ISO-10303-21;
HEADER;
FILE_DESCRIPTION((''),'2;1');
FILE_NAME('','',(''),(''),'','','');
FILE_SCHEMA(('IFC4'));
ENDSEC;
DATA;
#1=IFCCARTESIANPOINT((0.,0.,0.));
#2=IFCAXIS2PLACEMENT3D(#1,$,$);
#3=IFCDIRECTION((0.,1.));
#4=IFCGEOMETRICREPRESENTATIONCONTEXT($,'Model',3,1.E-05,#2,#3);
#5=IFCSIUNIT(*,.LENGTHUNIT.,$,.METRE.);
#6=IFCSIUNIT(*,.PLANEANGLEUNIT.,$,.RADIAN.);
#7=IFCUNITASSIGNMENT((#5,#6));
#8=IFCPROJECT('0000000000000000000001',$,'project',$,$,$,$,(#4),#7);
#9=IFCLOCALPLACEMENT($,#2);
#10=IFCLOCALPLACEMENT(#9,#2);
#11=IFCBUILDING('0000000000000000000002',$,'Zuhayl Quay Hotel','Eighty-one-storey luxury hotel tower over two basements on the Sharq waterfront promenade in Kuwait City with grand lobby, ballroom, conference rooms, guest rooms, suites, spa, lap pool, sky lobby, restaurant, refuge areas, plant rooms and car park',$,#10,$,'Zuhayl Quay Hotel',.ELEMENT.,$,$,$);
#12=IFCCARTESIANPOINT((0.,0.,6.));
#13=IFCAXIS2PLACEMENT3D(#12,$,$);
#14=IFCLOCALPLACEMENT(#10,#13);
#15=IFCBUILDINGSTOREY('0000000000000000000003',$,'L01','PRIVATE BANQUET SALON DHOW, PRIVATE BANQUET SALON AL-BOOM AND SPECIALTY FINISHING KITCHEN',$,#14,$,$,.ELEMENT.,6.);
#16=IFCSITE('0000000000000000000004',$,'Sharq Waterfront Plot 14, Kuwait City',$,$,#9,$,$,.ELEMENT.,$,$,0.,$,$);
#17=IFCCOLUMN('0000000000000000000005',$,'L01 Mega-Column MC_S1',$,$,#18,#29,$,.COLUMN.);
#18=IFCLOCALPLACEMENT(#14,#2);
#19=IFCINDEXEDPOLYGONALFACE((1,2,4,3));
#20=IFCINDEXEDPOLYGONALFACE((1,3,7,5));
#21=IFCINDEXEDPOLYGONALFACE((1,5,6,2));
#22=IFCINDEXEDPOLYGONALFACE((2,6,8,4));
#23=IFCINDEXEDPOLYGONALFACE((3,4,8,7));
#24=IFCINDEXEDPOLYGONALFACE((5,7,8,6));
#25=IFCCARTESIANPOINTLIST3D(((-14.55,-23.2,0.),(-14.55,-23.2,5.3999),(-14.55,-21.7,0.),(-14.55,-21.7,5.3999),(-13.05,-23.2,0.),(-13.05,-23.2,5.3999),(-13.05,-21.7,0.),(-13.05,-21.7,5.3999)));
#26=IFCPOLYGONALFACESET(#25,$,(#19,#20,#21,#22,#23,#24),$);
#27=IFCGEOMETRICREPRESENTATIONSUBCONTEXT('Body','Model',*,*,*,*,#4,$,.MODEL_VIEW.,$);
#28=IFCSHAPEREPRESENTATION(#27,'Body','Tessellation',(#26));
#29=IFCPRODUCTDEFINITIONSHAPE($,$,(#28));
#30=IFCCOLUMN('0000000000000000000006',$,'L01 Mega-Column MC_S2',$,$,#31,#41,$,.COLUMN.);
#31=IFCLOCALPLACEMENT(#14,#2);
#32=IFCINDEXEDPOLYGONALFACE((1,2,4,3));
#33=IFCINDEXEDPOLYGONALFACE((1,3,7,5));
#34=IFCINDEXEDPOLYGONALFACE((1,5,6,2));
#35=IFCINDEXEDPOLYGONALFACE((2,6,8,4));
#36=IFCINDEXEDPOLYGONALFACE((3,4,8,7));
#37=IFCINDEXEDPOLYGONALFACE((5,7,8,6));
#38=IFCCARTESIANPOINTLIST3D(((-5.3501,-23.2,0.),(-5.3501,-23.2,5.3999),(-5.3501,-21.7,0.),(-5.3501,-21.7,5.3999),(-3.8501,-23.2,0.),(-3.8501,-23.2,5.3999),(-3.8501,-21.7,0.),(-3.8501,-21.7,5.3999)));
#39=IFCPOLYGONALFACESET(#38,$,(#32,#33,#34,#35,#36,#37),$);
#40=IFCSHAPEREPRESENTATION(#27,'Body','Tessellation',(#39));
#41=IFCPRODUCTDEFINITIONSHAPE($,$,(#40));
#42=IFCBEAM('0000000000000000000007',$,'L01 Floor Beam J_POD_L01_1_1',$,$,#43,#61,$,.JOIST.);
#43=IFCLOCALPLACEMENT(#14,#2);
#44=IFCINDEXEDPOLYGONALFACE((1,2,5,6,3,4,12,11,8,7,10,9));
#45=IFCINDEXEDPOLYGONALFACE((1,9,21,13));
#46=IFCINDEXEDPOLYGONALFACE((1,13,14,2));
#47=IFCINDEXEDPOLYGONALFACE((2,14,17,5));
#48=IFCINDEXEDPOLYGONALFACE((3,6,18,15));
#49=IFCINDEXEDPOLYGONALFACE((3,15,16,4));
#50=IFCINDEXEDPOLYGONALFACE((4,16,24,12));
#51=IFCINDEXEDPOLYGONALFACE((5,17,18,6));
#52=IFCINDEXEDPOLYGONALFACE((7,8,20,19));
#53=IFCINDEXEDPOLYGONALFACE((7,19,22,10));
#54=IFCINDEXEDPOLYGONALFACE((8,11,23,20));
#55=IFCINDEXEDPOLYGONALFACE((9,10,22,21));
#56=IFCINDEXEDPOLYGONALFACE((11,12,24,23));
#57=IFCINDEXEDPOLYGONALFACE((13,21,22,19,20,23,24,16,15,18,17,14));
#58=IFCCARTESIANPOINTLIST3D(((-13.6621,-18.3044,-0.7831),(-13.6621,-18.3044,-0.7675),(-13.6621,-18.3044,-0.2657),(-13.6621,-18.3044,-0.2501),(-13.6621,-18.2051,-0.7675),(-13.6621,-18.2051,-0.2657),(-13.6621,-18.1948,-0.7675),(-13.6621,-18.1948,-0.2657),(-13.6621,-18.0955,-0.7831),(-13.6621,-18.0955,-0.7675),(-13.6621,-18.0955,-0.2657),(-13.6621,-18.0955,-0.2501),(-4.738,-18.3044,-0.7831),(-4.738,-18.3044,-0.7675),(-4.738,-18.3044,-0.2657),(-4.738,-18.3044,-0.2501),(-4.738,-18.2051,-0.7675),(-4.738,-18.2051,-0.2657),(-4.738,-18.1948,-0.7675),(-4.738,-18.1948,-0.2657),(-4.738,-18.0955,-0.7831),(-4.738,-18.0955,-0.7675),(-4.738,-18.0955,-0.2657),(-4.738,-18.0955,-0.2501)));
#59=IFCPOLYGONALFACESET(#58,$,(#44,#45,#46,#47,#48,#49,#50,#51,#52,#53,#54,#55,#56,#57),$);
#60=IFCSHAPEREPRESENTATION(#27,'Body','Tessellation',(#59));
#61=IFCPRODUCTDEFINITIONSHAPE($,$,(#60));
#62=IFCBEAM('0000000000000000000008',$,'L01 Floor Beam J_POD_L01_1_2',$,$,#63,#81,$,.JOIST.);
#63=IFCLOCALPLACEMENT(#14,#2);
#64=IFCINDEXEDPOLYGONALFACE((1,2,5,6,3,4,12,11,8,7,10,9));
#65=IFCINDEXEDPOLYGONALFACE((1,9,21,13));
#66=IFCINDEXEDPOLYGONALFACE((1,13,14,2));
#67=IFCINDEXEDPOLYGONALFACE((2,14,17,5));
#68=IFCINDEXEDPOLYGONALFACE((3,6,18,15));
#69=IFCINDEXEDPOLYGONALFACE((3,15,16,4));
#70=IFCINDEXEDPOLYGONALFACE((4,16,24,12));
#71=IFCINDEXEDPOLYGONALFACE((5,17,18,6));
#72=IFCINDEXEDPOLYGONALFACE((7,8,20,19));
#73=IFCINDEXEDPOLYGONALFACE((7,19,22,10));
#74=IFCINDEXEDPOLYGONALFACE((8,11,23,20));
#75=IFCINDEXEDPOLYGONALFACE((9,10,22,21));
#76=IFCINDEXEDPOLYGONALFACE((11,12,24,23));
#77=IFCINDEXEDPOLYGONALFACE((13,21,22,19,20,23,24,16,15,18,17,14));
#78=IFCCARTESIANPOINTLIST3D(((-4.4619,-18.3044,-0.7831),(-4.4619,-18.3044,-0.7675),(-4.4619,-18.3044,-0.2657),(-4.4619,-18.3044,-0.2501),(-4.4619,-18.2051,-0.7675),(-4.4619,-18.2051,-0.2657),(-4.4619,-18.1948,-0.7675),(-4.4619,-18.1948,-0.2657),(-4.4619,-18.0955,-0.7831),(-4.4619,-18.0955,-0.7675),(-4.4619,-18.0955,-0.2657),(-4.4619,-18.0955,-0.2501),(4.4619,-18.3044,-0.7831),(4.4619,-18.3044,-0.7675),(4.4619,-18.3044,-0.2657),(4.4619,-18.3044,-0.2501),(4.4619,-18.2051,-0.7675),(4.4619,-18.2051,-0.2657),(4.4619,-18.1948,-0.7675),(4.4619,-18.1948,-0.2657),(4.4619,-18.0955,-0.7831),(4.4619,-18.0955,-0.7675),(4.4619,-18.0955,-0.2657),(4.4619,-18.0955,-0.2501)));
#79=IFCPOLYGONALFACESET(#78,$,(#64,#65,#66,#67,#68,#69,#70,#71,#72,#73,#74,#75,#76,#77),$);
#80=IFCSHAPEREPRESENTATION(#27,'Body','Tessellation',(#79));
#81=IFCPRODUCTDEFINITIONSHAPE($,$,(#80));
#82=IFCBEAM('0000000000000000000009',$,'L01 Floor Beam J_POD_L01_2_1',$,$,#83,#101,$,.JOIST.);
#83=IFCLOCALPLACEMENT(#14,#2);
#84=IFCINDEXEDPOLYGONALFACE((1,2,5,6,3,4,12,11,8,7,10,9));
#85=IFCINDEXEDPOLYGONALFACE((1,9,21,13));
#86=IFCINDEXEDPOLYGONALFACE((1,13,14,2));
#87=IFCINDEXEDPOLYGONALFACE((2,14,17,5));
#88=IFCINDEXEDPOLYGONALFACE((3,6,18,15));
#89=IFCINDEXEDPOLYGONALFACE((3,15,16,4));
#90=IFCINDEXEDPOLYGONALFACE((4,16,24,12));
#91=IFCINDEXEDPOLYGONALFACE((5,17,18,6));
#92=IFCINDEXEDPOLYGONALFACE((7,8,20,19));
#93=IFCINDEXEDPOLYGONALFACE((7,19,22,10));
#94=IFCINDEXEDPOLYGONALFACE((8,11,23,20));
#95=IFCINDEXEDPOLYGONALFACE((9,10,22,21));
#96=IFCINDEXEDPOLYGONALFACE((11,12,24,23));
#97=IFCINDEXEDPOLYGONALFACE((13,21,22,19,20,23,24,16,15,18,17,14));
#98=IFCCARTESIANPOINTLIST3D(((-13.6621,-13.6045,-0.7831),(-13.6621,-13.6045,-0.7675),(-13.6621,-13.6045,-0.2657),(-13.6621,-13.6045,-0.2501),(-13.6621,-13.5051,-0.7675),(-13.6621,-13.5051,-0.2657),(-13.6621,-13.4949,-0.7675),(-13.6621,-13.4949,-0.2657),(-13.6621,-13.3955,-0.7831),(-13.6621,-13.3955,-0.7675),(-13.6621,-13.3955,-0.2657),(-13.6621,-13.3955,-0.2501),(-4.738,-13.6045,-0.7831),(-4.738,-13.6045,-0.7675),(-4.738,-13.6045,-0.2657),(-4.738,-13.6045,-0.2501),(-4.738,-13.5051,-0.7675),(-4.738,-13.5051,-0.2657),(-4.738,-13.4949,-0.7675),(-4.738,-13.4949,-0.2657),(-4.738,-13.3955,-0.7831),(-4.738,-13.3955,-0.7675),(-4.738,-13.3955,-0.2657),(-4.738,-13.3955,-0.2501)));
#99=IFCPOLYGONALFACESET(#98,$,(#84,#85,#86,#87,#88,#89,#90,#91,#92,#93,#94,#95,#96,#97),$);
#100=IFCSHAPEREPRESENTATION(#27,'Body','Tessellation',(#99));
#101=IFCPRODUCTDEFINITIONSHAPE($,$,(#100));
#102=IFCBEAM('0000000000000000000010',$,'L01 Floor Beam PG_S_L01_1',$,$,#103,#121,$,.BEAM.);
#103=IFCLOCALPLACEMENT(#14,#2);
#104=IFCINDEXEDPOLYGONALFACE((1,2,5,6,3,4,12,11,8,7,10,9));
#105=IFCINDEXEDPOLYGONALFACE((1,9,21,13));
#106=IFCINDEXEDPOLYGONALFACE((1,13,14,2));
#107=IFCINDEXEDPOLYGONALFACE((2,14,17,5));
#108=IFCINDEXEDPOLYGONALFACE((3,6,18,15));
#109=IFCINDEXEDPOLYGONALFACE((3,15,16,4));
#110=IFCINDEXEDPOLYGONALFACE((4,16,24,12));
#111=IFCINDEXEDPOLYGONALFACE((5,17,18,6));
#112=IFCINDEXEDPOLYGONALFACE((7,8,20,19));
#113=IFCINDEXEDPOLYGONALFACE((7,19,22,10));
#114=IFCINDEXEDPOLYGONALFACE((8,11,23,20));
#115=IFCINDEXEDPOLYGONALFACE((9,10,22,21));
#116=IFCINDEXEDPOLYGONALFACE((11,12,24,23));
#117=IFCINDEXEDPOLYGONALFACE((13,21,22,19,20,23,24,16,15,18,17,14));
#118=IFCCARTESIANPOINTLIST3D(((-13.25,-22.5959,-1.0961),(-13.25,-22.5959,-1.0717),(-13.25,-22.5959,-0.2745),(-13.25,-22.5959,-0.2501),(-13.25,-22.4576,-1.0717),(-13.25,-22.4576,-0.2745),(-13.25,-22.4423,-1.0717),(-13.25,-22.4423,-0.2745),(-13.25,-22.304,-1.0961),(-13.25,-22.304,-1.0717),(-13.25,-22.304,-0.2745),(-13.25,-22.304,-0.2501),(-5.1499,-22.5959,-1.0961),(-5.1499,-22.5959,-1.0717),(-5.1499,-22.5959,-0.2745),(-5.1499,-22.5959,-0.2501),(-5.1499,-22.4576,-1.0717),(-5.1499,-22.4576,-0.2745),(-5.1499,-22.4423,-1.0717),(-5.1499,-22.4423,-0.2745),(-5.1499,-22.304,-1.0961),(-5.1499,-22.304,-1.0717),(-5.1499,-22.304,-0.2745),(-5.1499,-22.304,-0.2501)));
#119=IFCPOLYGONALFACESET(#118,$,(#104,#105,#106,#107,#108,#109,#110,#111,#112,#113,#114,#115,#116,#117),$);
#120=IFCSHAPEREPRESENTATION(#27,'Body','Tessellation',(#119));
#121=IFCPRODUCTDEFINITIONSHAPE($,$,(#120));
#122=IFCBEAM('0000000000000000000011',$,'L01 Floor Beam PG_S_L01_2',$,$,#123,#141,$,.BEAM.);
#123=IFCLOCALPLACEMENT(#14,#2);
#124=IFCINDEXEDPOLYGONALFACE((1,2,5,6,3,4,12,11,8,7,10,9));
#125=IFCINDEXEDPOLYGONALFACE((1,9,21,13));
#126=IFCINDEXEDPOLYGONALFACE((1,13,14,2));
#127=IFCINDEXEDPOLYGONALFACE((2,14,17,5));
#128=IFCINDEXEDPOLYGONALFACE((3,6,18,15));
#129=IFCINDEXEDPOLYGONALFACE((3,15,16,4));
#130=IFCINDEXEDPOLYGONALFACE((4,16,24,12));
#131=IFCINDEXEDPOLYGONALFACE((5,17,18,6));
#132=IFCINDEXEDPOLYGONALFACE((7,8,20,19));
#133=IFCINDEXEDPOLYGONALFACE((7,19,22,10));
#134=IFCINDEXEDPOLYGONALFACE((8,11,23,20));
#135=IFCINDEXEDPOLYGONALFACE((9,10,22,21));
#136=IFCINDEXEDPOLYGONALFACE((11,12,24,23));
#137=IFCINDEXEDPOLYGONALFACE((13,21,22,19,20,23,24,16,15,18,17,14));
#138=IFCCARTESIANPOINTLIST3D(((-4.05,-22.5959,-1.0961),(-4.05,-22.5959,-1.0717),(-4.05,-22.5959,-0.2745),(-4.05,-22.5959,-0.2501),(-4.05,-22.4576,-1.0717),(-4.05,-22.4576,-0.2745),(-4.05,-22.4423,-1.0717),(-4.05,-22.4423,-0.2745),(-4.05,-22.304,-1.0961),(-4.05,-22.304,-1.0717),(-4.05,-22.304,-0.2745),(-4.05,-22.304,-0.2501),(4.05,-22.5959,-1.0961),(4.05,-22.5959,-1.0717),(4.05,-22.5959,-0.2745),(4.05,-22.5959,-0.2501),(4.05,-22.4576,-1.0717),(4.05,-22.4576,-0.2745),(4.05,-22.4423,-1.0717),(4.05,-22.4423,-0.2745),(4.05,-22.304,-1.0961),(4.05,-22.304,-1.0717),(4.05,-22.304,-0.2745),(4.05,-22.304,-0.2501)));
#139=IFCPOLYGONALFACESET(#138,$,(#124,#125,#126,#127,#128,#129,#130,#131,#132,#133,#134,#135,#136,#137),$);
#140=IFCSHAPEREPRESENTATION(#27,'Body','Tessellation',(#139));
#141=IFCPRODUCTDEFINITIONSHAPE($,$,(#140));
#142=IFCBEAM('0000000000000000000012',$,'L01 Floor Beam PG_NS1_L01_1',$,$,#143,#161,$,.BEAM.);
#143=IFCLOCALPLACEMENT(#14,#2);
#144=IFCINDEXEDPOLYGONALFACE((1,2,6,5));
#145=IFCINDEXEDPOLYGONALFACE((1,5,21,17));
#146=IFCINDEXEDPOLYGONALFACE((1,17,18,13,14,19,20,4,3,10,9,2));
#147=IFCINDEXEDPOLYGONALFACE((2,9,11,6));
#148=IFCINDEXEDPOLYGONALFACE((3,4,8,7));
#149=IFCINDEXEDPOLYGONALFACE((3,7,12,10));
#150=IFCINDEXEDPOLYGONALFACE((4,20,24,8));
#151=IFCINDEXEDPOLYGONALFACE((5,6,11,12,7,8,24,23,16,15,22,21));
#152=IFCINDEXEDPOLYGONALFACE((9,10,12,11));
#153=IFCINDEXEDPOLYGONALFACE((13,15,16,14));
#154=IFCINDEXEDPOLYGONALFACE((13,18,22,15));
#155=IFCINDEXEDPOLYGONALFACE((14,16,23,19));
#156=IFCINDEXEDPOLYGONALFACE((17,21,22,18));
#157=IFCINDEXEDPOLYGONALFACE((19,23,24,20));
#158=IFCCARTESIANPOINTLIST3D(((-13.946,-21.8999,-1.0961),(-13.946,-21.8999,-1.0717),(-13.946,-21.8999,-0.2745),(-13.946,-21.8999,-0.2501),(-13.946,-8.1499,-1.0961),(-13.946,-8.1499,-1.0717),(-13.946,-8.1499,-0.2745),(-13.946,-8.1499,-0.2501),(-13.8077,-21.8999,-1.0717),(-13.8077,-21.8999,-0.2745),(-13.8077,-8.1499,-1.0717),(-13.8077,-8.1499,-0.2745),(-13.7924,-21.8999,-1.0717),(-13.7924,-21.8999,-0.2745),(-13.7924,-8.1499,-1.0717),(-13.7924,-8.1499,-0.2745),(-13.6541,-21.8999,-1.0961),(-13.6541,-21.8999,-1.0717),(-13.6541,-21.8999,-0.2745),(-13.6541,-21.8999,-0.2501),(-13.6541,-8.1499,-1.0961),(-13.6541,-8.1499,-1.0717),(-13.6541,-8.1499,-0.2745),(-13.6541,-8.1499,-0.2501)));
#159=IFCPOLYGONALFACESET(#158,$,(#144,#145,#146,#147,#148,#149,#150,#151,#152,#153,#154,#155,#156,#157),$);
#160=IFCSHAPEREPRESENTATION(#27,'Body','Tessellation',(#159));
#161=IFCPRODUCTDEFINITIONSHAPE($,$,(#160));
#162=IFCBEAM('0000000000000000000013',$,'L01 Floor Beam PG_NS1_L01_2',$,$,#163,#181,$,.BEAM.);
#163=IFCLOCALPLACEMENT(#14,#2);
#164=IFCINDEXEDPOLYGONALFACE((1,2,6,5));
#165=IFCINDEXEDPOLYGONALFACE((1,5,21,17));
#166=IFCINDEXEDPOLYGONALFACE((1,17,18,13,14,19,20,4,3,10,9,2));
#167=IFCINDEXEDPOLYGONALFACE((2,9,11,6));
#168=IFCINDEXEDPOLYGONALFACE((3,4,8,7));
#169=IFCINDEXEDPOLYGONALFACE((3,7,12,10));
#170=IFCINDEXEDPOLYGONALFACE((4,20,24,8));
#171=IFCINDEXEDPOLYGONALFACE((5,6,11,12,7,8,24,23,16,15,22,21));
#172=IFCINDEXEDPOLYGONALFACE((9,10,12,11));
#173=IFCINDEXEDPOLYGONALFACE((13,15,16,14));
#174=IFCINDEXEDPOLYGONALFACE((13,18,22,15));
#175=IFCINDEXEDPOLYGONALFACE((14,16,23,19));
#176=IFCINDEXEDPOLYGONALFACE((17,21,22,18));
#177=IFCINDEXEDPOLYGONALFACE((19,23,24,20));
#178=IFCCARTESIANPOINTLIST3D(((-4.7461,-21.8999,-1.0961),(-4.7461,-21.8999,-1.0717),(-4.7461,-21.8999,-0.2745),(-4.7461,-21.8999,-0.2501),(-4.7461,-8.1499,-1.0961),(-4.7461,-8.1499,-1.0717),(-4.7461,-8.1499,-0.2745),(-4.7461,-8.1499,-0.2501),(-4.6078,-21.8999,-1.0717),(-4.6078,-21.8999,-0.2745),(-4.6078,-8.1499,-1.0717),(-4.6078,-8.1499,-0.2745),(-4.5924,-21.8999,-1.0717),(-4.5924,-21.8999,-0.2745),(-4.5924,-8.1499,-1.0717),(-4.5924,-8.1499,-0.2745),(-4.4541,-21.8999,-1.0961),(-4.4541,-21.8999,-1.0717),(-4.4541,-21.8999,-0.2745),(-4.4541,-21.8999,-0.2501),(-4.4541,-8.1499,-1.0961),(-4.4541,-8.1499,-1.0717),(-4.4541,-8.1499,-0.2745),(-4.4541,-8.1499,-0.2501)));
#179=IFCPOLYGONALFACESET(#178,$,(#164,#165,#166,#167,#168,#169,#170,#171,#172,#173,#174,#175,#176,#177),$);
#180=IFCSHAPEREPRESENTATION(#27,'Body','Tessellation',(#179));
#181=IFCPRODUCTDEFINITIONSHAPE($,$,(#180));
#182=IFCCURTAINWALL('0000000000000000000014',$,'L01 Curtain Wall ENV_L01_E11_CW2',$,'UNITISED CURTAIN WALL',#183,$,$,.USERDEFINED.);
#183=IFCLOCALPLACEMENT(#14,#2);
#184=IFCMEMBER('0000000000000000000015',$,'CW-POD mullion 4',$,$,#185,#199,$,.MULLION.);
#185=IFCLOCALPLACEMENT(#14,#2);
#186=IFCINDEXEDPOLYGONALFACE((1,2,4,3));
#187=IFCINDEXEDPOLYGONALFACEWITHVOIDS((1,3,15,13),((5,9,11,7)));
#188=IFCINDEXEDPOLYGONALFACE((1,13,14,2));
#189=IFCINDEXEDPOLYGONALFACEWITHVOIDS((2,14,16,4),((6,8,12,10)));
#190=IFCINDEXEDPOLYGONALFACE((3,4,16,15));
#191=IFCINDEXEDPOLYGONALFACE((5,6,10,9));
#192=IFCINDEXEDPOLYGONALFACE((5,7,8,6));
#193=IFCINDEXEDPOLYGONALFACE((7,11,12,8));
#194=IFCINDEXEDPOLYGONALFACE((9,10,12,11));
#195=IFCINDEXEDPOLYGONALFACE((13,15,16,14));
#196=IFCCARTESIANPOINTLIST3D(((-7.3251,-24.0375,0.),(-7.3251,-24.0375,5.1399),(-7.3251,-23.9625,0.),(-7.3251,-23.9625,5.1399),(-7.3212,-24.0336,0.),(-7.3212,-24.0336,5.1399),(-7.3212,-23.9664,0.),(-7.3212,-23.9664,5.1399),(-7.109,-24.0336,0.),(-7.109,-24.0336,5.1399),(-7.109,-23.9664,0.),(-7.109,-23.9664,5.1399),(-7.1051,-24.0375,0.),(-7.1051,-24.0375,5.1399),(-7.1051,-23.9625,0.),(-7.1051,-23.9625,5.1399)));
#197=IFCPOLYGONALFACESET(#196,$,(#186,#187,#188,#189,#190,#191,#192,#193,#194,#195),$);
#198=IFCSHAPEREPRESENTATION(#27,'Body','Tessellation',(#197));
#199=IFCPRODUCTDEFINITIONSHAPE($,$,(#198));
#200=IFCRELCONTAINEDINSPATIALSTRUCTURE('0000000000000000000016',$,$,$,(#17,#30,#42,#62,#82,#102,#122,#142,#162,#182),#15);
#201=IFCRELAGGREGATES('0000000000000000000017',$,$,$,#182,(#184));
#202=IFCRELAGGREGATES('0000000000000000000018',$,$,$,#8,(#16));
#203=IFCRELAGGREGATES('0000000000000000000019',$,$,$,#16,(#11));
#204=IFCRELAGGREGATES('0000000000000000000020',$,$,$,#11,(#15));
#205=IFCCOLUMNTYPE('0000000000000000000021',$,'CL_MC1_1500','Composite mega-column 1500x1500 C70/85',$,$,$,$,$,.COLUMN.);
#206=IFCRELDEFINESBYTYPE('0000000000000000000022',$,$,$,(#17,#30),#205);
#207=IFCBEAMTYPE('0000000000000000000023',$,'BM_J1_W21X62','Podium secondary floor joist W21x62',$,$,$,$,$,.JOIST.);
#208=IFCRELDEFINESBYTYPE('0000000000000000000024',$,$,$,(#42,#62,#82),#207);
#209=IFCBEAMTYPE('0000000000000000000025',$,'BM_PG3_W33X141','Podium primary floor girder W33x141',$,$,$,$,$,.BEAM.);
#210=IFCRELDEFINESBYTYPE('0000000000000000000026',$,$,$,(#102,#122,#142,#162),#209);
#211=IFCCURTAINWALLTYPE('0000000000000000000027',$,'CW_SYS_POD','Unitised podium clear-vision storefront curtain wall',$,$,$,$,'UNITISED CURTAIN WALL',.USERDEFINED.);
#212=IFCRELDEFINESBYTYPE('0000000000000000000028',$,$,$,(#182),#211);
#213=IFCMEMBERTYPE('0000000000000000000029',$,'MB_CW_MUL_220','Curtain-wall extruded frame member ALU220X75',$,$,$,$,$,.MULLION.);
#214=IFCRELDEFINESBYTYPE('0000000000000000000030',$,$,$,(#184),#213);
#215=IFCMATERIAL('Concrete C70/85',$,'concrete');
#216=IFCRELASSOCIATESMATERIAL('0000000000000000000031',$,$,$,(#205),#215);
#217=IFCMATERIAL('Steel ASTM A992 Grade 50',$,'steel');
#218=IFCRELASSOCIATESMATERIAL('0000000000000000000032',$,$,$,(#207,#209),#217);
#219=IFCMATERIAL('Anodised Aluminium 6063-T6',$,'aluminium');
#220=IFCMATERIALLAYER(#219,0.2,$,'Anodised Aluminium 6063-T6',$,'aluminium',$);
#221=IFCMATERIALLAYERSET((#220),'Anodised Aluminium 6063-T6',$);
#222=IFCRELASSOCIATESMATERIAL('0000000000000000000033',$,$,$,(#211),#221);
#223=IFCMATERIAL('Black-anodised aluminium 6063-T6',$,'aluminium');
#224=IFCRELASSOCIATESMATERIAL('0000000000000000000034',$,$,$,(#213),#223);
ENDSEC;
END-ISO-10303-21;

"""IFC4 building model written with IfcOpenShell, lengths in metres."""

from ifc_helpers import new_model, si_unit, direction, frame, origin, origin_2d, place, context, subcontext, project, spatial, rectangle, hollow_rectangle, i_section, extrude, material, layer, layer_set, material_profile, profile_set, type_object, element, aggregate, save


model = new_model("IFC4")

# Units and contexts
model_context = context("Model", 3, precision=1e-05, world=origin(), true_north=direction((0.0, 1.0)))
body_context = subcontext(model_context, "Body", "Model", "MODEL_VIEW")
ifc_project = project(units=[si_unit("LENGTHUNIT", "METRE"), si_unit("PLANEANGLEUNIT", "RADIAN")], contexts=[model_context])

# Site, building, storey
site_placement = place(None, origin())
site = spatial("IfcSite", under=ifc_project, at=site_placement, Name="Sharq Waterfront Plot 14, Kuwait City", CompositionType="ELEMENT", RefElevation=0.0)
building_placement = place(site_placement, origin())
building = spatial("IfcBuilding", under=site, at=building_placement, Name="Zuhayl Quay Hotel", Description="Eighty-one-storey luxury hotel tower over two basements on the Sharq waterfront promenade in Kuwait City with grand lobby, ballroom, conference rooms, guest rooms, suites, spa, lap pool, sky lobby, restaurant, refuge areas, plant rooms and car park", LongName="Zuhayl Quay Hotel", CompositionType="ELEMENT")
storey_placement = place(building_placement, frame((0.0, 0.0, 6.0)))
storey = spatial("IfcBuildingStorey", under=building, at=storey_placement, Name="L01", Description="PRIVATE BANQUET SALON DHOW, PRIVATE BANQUET SALON AL-BOOM AND SPECIALTY FINISHING KITCHEN", CompositionType="ELEMENT", Elevation=6.0)

# Columns
ifc_material_1 = material(Name="Concrete C70/85", Category="concrete")
ifc_material_profile_1 = material_profile(ifc_material_1, rectangle(XDim=1.5, YDim=1.5, at=origin_2d()), Name="RC1500X1500")
ifc_profile_set_1 = profile_set([ifc_material_profile_1], Name="Concrete C70/85")
column_type = type_object("IfcColumnType", Name="CL_MC1_1500", Description="Composite mega-column 1500x1500 C70/85", PredefinedType="COLUMN", material=ifc_profile_set_1)
for number, where, z_axis, x_axis, name in (
    (1, (-13.8, -22.45, 0.0), (0.0, 0.0, 1.0), (1.0, 0.0, 0.0), "L01 Mega-Column MC_S1"),
    (2, (-4.6001, -22.45, 0.0), (0.0, 0.0, 1.0), (1.0, 0.0, 0.0), "L01 Mega-Column MC_S2"),
):
    element("IfcColumn", number, at=place(storey_placement, frame(where, z_axis=z_axis, x_axis=x_axis)), inside=storey, type_object=column_type, Name=name, PredefinedType="COLUMN", context=body_context, shape_type="SweptSolid", body=[
        extrude(rectangle(XDim=1.5, YDim=1.5, at=origin_2d()), origin(), (0.0, 0.0, 1.0), 5.3999),
    ])

# Beams
ifc_material_2 = material(Name="Steel ASTM A992 Grade 50", Category="steel")
ifc_material_profile_2 = material_profile(ifc_material_2, i_section(OverallWidth=0.209, OverallDepth=0.533, WebThickness=0.0103, FlangeThickness=0.0156, at=origin_2d()), Name="W21X62")
ifc_profile_set_2 = profile_set([ifc_material_profile_2], Name="Steel ASTM A992 Grade 50")
beam_type_1 = type_object("IfcBeamType", Name="BM_J1_W21X62", Description="Podium secondary floor joist W21x62", PredefinedType="JOIST", material=ifc_profile_set_2)
beam_1_placement = place(storey_placement, frame((-13.6621, -18.2, -0.5166), z_axis=(1.0, 0.0, 0.0), x_axis=(0.0, 1.0, 0.0)))
element("IfcBeam", 3, at=beam_1_placement, inside=storey, type_object=beam_type_1, Name="L01 Floor Beam J_POD_L01_1_1", PredefinedType="JOIST", context=body_context, shape_type="SweptSolid", body=[
    extrude(i_section(OverallWidth=0.209, OverallDepth=0.533, WebThickness=0.0103, FlangeThickness=0.0156, at=origin_2d()), origin(), (0.0, 0.0, 1.0), 8.9241),
])
beam_2_placement = place(storey_placement, frame((-4.4619, -18.2, -0.5166), z_axis=(1.0, 0.0, 0.0), x_axis=(0.0, 1.0, 0.0)))
element("IfcBeam", 4, at=beam_2_placement, inside=storey, type_object=beam_type_1, Name="L01 Floor Beam J_POD_L01_1_2", PredefinedType="JOIST", context=body_context, shape_type="SweptSolid", body=[
    extrude(i_section(OverallWidth=0.209, OverallDepth=0.533, WebThickness=0.0103, FlangeThickness=0.0156, at=origin_2d()), origin(), (0.0, 0.0, 1.0), 8.9238),
])
beam_3_placement = place(storey_placement, frame((-13.6621, -13.5, -0.5166), z_axis=(1.0, 0.0, 0.0), x_axis=(0.0, 1.0, 0.0)))
element("IfcBeam", 5, at=beam_3_placement, inside=storey, type_object=beam_type_1, Name="L01 Floor Beam J_POD_L01_2_1", PredefinedType="JOIST", context=body_context, shape_type="SweptSolid", body=[
    extrude(i_section(OverallWidth=0.209, OverallDepth=0.533, WebThickness=0.0103, FlangeThickness=0.0156, at=origin_2d()), origin(), (0.0, 0.0, 1.0), 8.9241),
])
ifc_material_profile_3 = material_profile(ifc_material_2, i_section(OverallWidth=0.292, OverallDepth=0.8459, WebThickness=0.0154, FlangeThickness=0.0244, at=origin_2d()), Name="W33X141")
ifc_profile_set_3 = profile_set([ifc_material_profile_3], Name="Steel ASTM A992 Grade 50")
beam_type_2 = type_object("IfcBeamType", Name="BM_PG3_W33X141", Description="Podium primary floor girder W33x141", PredefinedType="BEAM", material=ifc_profile_set_3)
for number, where, z_axis, x_axis, name in (
    (6, (-13.25, -22.45, -0.6731), (1.0, 0.0, 0.0), (0.0, 1.0, 0.0), "L01 Floor Beam PG_S_L01_1"),
    (7, (-4.05, -22.45, -0.6731), (1.0, 0.0, 0.0), (0.0, 1.0, 0.0), "L01 Floor Beam PG_S_L01_2"),
):
    element("IfcBeam", number, at=place(storey_placement, frame(where, z_axis=z_axis, x_axis=x_axis)), inside=storey, type_object=beam_type_2, Name=name, PredefinedType="BEAM", context=body_context, shape_type="SweptSolid", body=[
        extrude(i_section(OverallWidth=0.292, OverallDepth=0.8459, WebThickness=0.0154, FlangeThickness=0.0244, at=origin_2d()), origin(), (0.0, 0.0, 1.0), 8.1001),
    ])
for number, where, z_axis, x_axis, name in (
    (8, (-13.8, -21.8999, -0.6731), (0.0, 1.0, 0.0), (-1.0, 0.0, 0.0), "L01 Floor Beam PG_NS1_L01_1"),
    (9, (-4.6001, -21.8999, -0.6731), (0.0, 1.0, 0.0), (-1.0, 0.0, 0.0), "L01 Floor Beam PG_NS1_L01_2"),
):
    element("IfcBeam", number, at=place(storey_placement, frame(where, z_axis=z_axis, x_axis=x_axis)), inside=storey, type_object=beam_type_2, Name=name, PredefinedType="BEAM", context=body_context, shape_type="SweptSolid", body=[
        extrude(i_section(OverallWidth=0.292, OverallDepth=0.8459, WebThickness=0.0154, FlangeThickness=0.0244, at=origin_2d()), origin(), (0.0, 0.0, 1.0), 13.75),
    ])

# Curtain wall, member
ifc_material_3 = material(Name="Anodised Aluminium 6063-T6", Category="aluminium")
ifc_layer_1 = layer(ifc_material_3, 0.2, Name="Anodised Aluminium 6063-T6", Category="aluminium")
ifc_layer_set_1 = layer_set([ifc_layer_1], Name="Anodised Aluminium 6063-T6")
curtain_wall_type = type_object("IfcCurtainWallType", Name="CW_SYS_POD", Description="Unitised podium clear-vision storefront curtain wall", ElementType="UNITISED CURTAIN WALL", PredefinedType="USERDEFINED", material=ifc_layer_set_1)
curtain_wall_1_placement = place(storey_placement, origin())
curtain_wall_1 = element("IfcCurtainWall", 10, at=curtain_wall_1_placement, inside=storey, type_object=curtain_wall_type, Name="L01 Curtain Wall ENV_L01_E11_CW2", ObjectType="UNITISED CURTAIN WALL", PredefinedType="USERDEFINED")
ifc_material_4 = material(Name="Black-anodised aluminium 6063-T6", Category="aluminium")
ifc_material_profile_4 = material_profile(ifc_material_4, hollow_rectangle(XDim=0.075, YDim=0.22, WallThickness=0.0039, at=origin_2d()), Name="ALU220X75")
ifc_profile_set_4 = profile_set([ifc_material_profile_4], Name="Black-anodised aluminium 6063-T6")
member_type_1 = type_object("IfcMemberType", Name="MB_CW_MUL_220", Description="Curtain-wall extruded frame member ALU220X75", PredefinedType="MULLION", material=ifc_profile_set_4)
member_1_placement = place(storey_placement, frame((-7.2151, -24.0, 0.0), z_axis=(0.0, 0.0, 1.0), x_axis=(0.0, -1.0, 0.0)))
member_1 = element("IfcMember", 11, at=member_1_placement, type_object=member_type_1, Name="CW-POD mullion 4", PredefinedType="MULLION", context=body_context, shape_type="SweptSolid", body=[
    extrude(hollow_rectangle(XDim=0.075, YDim=0.22, WallThickness=0.0039, at=origin_2d()), origin(), (0.0, 0.0, 1.0), 5.1399),
])

aggregate(curtain_wall_1, [member_1])

save(model, "model.ifc")
